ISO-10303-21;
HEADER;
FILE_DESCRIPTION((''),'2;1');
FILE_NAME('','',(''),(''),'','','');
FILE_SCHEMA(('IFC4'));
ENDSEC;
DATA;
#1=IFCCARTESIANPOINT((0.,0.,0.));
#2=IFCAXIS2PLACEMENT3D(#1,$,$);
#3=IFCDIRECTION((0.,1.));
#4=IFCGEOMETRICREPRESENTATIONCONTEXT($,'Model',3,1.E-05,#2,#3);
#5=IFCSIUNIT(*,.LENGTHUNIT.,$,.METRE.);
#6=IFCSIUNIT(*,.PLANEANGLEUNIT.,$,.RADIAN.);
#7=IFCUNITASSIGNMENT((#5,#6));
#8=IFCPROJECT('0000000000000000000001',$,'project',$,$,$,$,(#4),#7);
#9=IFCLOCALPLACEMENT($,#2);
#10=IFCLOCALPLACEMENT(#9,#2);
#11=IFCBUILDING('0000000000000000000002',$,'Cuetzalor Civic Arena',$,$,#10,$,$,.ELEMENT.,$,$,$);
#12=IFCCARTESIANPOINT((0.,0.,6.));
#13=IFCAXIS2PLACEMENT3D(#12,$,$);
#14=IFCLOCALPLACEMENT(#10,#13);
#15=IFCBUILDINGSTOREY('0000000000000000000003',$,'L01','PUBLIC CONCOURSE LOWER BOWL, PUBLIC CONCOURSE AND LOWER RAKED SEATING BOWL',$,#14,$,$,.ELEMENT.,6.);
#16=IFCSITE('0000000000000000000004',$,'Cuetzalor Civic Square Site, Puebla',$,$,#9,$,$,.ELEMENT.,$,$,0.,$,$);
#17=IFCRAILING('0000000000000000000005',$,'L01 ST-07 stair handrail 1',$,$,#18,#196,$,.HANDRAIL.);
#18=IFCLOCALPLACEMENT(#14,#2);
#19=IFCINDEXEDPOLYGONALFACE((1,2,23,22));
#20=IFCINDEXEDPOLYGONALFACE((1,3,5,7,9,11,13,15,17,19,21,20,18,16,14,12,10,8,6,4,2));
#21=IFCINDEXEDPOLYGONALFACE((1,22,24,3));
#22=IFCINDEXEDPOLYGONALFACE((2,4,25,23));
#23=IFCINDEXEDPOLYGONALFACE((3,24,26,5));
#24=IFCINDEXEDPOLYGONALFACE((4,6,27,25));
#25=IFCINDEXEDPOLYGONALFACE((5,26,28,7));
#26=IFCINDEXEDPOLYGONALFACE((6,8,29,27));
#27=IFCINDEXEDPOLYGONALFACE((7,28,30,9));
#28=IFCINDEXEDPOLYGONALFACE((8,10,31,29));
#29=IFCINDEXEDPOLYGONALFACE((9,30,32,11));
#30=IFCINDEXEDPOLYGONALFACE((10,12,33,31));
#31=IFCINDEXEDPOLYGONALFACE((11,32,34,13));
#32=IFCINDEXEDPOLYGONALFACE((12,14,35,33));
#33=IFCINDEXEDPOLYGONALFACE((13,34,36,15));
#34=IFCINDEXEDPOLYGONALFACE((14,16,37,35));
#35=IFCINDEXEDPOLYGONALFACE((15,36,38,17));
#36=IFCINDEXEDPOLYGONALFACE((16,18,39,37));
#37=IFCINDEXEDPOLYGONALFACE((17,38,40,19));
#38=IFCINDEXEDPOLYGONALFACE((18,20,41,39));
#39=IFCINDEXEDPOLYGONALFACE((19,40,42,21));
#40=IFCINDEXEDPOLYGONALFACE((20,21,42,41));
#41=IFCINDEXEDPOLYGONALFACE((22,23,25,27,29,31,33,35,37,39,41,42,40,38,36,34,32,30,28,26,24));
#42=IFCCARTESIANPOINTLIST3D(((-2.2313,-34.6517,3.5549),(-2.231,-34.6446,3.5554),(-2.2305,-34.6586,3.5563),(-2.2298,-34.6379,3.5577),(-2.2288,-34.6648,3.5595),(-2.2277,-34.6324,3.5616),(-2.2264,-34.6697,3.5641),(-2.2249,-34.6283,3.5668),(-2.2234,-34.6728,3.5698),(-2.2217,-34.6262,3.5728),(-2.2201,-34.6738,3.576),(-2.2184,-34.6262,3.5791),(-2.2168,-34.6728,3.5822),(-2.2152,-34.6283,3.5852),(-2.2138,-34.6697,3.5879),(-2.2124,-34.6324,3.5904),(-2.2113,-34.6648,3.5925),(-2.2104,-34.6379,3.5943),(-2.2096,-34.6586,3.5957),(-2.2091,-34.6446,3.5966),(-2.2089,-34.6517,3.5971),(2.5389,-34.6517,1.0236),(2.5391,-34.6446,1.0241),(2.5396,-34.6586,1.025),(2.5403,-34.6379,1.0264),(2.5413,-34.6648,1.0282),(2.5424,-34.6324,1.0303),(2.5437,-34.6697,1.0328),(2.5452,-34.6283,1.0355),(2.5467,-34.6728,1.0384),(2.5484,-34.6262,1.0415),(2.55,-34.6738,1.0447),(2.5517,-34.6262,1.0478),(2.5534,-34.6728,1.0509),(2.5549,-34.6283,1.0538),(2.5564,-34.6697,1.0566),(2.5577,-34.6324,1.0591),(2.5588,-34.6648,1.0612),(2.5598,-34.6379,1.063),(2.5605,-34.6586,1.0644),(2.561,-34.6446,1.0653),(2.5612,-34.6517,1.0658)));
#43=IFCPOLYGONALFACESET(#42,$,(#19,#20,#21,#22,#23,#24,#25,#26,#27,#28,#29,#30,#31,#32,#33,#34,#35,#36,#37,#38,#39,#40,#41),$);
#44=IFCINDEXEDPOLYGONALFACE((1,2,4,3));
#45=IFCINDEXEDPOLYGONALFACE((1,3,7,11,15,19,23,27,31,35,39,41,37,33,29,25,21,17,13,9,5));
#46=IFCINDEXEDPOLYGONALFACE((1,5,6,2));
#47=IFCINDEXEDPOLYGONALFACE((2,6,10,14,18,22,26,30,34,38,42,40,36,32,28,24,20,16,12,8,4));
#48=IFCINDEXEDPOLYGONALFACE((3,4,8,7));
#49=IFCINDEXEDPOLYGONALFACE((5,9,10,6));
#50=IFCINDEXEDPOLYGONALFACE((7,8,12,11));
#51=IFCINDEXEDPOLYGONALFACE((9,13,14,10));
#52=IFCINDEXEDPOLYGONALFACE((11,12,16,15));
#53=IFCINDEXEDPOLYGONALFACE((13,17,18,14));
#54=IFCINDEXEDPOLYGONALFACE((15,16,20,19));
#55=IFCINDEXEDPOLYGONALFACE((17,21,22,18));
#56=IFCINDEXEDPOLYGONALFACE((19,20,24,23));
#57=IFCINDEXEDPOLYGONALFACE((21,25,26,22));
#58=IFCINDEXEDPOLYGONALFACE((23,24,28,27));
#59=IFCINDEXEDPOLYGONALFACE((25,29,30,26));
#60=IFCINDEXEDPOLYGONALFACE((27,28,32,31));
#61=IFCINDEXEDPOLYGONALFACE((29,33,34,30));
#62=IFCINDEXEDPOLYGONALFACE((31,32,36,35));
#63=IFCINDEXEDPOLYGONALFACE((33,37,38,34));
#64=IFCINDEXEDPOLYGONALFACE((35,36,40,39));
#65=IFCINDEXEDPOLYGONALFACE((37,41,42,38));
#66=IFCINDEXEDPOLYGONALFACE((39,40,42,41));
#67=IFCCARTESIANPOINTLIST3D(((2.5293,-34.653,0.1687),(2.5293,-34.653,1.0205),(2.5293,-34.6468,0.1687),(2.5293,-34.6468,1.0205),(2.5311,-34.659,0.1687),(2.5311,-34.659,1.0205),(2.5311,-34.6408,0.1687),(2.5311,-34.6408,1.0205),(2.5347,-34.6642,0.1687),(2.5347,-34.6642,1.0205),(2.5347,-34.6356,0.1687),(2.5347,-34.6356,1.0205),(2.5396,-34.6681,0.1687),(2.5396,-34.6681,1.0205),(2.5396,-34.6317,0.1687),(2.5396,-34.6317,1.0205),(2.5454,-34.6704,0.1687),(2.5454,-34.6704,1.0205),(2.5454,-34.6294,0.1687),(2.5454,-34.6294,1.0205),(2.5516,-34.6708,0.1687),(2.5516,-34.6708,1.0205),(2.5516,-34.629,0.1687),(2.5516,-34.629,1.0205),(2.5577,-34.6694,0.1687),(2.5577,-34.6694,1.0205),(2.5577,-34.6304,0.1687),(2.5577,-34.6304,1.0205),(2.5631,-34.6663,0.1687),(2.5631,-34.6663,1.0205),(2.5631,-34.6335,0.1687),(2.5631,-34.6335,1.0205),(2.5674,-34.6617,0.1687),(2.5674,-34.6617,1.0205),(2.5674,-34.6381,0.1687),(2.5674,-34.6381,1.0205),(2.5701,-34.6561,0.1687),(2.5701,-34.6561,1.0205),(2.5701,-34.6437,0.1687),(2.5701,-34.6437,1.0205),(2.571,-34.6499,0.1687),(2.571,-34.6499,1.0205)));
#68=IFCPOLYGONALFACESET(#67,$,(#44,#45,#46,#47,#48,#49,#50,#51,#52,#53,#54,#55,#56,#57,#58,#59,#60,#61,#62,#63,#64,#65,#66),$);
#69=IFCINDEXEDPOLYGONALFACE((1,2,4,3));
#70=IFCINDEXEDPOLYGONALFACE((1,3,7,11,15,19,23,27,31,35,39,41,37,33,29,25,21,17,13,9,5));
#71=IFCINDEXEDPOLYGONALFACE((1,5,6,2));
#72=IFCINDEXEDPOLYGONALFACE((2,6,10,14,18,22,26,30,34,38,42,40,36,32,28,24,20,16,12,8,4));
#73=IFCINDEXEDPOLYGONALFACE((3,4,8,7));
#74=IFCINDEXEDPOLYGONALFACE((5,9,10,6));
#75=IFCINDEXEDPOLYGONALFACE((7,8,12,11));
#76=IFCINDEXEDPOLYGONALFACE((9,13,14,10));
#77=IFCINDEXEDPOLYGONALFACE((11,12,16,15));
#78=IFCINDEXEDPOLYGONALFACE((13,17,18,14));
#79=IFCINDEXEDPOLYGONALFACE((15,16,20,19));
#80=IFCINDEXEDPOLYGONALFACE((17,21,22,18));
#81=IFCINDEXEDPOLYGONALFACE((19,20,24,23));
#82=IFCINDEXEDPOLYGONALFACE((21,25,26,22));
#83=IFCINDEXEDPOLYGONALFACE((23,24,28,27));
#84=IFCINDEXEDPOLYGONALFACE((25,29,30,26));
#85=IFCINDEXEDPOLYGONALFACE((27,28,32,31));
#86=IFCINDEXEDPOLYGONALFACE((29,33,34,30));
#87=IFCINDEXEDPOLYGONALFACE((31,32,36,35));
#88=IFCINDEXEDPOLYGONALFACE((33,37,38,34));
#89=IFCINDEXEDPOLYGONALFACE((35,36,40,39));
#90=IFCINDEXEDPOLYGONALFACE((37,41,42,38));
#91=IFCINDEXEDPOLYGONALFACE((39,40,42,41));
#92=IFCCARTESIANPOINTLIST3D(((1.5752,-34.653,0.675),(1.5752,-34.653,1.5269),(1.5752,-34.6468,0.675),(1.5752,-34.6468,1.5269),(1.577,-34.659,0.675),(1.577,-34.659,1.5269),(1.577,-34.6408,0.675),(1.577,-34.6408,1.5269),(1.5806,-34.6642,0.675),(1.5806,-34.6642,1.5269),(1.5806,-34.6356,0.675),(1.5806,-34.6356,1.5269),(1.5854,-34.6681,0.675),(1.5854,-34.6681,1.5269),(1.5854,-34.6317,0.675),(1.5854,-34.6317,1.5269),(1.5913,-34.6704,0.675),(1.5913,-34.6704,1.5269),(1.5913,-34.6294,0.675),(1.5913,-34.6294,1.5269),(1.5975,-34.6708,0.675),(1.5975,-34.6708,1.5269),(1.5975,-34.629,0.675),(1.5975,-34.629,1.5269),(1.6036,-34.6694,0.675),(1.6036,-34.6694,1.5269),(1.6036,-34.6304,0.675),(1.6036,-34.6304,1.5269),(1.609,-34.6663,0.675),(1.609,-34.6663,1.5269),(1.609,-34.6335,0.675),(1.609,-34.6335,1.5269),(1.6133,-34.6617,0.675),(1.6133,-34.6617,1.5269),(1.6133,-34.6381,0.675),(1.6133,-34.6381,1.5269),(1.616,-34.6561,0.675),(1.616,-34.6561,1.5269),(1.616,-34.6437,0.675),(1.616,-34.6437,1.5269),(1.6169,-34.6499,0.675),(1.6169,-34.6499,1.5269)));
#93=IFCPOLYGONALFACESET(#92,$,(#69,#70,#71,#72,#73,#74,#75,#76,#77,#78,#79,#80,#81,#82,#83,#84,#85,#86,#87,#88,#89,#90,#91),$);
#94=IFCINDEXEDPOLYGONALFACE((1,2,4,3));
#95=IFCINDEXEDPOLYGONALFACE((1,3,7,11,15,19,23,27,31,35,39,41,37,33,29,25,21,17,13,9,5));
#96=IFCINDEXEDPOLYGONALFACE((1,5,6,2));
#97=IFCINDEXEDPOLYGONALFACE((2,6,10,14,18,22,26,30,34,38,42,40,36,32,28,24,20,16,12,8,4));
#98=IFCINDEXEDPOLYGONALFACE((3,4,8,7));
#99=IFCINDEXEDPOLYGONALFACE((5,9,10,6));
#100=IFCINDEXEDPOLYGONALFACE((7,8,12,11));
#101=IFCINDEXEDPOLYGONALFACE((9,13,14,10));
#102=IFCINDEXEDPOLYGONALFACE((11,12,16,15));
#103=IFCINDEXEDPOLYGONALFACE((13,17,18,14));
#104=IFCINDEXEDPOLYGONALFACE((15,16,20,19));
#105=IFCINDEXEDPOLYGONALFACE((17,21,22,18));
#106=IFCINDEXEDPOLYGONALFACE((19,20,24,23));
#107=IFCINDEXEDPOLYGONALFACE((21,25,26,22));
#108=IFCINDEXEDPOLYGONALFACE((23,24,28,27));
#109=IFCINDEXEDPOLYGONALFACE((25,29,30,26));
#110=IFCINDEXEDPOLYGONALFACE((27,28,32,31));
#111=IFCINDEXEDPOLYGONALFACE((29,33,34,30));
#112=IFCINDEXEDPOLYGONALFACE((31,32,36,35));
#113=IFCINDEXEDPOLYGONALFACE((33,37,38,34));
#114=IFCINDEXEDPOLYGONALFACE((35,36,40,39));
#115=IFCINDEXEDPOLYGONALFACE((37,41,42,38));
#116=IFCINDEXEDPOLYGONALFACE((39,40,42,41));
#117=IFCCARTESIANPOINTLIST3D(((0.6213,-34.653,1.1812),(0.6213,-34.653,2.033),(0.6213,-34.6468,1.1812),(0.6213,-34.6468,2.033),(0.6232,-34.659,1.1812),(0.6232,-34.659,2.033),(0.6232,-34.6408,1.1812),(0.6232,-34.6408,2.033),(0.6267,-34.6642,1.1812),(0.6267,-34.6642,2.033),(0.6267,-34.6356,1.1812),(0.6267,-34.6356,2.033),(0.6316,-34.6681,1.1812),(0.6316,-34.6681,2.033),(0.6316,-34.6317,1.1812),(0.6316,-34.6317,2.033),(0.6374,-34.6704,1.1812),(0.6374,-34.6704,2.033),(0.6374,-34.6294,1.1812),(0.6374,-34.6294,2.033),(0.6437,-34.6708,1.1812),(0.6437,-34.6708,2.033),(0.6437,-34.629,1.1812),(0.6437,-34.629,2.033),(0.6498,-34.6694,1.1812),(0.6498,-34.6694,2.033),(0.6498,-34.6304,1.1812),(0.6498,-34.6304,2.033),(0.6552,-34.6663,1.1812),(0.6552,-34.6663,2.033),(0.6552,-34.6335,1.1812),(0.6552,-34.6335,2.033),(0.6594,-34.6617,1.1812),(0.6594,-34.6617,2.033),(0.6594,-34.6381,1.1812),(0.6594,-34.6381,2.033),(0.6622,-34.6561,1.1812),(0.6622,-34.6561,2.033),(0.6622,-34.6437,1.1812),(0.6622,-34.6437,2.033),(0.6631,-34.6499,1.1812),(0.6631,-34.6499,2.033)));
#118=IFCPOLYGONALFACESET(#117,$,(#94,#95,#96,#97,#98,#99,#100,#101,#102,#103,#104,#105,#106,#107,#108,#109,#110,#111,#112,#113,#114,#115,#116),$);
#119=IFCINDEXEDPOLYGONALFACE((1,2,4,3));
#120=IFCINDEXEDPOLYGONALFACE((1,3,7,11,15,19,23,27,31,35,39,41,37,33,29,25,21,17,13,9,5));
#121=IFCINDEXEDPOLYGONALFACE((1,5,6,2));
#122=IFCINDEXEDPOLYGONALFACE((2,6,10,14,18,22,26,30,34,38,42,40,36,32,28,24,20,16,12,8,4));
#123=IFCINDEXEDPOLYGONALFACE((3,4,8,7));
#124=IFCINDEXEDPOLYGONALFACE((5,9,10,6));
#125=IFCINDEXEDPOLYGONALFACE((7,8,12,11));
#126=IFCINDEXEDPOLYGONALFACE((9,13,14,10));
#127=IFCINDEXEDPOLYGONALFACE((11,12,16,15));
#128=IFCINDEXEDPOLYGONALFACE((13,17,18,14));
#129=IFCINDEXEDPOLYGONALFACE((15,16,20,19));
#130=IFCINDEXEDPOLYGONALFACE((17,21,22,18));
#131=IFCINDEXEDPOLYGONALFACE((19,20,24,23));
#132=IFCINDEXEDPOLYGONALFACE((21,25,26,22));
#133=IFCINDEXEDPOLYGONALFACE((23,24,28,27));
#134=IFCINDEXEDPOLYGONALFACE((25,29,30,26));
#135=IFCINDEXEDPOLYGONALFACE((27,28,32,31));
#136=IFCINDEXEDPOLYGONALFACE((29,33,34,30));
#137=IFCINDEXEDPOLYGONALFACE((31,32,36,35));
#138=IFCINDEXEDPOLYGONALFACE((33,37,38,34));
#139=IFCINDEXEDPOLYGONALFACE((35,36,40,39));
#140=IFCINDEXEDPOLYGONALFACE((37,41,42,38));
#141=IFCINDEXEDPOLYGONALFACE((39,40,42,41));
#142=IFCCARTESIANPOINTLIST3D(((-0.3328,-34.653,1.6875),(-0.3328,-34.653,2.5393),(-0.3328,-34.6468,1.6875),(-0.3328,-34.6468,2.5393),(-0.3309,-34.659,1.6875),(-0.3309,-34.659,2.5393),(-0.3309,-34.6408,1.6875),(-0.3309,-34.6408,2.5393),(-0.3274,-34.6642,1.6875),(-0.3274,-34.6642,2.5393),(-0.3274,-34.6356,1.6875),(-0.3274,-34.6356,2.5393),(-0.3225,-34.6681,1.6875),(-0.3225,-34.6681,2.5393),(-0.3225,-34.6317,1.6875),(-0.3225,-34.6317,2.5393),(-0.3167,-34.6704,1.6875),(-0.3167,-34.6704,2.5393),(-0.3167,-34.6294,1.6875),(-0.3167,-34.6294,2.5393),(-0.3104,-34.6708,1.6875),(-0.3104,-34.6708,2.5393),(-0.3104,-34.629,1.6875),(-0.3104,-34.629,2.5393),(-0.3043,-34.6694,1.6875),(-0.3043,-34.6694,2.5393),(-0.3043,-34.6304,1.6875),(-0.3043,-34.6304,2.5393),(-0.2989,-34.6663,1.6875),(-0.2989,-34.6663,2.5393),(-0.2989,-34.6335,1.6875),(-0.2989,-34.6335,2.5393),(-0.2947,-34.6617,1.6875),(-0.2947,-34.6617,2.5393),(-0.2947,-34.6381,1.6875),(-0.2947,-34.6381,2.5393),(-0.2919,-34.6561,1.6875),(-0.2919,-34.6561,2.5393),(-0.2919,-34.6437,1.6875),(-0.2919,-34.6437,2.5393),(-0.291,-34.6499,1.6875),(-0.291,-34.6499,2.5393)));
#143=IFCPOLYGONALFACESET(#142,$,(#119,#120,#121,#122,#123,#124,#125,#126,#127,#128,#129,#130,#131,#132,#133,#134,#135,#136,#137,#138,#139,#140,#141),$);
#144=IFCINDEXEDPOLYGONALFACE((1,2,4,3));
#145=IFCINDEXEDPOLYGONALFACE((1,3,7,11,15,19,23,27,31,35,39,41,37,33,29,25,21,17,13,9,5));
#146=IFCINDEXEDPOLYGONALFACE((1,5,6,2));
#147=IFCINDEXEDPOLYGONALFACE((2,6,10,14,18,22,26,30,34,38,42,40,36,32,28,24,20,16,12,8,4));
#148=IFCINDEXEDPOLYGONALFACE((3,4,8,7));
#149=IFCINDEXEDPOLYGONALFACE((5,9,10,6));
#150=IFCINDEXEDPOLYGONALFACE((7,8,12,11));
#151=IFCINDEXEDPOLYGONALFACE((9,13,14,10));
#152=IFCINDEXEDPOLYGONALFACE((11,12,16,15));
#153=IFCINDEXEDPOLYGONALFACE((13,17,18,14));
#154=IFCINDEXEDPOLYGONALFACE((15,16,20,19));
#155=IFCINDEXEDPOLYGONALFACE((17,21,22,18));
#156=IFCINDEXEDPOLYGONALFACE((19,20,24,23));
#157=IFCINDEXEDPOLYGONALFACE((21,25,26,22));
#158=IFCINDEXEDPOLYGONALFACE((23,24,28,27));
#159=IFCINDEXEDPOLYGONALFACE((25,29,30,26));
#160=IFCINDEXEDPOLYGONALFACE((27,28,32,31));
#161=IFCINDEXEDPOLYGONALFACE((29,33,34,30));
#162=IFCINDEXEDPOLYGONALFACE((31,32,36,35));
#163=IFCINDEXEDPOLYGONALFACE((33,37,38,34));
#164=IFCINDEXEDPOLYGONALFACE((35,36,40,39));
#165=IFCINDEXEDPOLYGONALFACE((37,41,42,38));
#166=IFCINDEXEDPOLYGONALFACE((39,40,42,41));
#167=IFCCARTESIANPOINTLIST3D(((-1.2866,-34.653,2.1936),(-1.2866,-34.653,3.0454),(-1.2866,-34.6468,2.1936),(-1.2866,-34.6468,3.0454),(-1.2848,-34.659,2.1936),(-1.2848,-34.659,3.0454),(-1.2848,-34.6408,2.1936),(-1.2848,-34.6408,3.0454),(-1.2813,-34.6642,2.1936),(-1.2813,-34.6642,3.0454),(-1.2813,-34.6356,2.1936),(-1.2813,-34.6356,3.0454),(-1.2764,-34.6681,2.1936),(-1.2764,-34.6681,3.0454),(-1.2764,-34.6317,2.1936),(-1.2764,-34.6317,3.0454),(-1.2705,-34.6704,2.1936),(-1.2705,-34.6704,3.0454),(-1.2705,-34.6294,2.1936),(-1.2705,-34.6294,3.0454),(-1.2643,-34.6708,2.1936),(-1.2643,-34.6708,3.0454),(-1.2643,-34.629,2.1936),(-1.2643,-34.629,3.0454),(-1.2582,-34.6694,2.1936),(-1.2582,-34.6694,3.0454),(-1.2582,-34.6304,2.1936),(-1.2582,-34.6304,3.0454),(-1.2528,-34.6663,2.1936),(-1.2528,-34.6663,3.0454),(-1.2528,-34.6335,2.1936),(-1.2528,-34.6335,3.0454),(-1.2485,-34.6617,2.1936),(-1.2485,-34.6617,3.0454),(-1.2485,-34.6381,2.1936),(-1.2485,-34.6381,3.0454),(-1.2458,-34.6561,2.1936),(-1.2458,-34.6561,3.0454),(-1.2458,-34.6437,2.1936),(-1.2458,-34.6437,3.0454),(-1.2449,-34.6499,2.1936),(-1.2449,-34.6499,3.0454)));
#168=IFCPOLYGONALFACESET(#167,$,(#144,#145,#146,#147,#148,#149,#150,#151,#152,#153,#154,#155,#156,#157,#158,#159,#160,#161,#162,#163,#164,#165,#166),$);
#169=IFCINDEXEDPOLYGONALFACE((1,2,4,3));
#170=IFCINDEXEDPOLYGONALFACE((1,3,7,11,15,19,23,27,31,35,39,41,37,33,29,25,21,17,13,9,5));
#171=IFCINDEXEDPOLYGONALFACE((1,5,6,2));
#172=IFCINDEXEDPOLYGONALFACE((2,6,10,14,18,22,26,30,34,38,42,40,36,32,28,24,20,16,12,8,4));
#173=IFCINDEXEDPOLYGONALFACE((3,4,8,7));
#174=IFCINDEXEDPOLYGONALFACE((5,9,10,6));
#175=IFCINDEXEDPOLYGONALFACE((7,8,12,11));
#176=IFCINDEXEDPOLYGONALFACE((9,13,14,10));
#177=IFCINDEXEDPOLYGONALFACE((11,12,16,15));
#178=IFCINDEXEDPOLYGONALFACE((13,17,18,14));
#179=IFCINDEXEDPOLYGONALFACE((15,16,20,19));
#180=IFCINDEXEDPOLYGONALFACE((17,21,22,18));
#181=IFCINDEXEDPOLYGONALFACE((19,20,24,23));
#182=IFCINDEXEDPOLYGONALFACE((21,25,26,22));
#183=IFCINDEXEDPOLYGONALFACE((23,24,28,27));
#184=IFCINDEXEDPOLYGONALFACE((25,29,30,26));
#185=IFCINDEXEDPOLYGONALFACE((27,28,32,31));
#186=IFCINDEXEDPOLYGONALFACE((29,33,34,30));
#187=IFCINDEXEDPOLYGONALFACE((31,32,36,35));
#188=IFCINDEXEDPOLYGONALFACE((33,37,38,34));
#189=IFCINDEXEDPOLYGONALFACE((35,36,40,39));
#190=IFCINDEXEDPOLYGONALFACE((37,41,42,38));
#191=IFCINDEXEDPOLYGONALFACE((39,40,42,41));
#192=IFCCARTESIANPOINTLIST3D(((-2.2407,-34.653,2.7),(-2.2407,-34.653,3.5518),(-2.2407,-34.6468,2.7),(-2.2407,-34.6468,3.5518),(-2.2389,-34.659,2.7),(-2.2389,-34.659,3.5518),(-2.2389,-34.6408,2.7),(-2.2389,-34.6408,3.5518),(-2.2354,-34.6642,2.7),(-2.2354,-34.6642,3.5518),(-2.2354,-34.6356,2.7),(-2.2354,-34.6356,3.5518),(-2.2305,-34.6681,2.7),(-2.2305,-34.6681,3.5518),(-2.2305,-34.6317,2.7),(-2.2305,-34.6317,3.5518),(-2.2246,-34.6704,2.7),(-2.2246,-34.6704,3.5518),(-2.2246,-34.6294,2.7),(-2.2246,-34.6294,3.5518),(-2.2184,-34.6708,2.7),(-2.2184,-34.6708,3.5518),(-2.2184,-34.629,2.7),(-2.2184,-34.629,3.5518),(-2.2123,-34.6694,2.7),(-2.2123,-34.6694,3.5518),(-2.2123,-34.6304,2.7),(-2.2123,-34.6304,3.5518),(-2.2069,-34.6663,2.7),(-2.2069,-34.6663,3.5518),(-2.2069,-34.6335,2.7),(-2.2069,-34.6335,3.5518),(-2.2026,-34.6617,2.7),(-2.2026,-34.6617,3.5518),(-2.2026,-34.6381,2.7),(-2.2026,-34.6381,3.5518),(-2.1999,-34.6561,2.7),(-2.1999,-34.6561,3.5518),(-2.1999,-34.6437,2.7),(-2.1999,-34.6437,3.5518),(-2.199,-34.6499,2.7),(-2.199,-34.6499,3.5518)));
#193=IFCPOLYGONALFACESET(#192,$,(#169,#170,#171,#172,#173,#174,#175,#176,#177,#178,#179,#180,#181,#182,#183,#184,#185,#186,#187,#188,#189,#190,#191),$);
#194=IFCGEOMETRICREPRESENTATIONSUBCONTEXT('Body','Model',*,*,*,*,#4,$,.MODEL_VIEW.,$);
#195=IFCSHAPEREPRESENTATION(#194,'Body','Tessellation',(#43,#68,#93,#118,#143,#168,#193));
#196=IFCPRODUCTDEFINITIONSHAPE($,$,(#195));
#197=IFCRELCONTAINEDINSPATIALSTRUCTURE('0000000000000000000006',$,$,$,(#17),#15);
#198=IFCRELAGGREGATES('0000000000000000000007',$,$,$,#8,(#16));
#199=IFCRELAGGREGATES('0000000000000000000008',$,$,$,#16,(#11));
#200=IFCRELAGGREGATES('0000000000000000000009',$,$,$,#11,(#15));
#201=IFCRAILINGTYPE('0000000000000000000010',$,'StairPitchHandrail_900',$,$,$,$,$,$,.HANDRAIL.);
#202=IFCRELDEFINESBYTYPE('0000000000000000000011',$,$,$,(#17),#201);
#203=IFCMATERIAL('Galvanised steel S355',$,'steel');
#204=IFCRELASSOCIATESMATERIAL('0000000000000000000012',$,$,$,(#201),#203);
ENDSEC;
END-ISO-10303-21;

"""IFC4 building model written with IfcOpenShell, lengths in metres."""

from ifc_helpers import new_model, si_unit, direction, frame, origin, origin_2d, place, context, subcontext, project, spatial, circle, extrude, material, type_object, element, save


model = new_model("IFC4")

# Units and contexts
model_context = context("Model", 3, precision=1e-05, world=origin(), true_north=direction((0.0, 1.0)))
body_context = subcontext(model_context, "Body", "Model", "MODEL_VIEW")
ifc_project = project(units=[si_unit("LENGTHUNIT", "METRE"), si_unit("PLANEANGLEUNIT", "RADIAN")], contexts=[model_context])

# Site, building, storey
site_placement = place(None, origin())
site = spatial("IfcSite", under=ifc_project, at=site_placement, Name="Cuetzalor Civic Square Site, Puebla", CompositionType="ELEMENT", RefElevation=0.0)
building_placement = place(site_placement, origin())
building = spatial("IfcBuilding", under=site, at=building_placement, Name="Cuetzalor Civic Arena", CompositionType="ELEMENT")
storey_placement = place(building_placement, frame((0.0, 0.0, 6.0)))
storey = spatial("IfcBuildingStorey", under=building, at=storey_placement, Name="L01", Description="PUBLIC CONCOURSE LOWER BOWL, PUBLIC CONCOURSE AND LOWER RAKED SEATING BOWL", CompositionType="ELEMENT", Elevation=6.0)

# Railing
ifc_material_1 = material(Name="Galvanised steel S355", Category="steel")
railing_type_1 = type_object("IfcRailingType", Name="StairPitchHandrail_900", PredefinedType="HANDRAIL", material=ifc_material_1)
railing_1_placement = place(storey_placement, frame((2.55, -34.6499, 0.1687)))
element("IfcRailing", 1, at=railing_1_placement, inside=storey, type_object=railing_type_1, Name="L01 ST-07 stair handrail 1", PredefinedType="HANDRAIL", context=body_context, shape_type="SweptSolid", body=[
    extrude(circle(Radius=0.0239, at=origin_2d()), frame((0.0, 0.0, 0.876), z_axis=(-0.883332, 0.0, 0.468747), x_axis=(0.0, -1.0, 0.0)), (0.0, 0.0, 1.0), 5.4001),
    extrude(circle(Radius=0.021, at=origin_2d()), origin(), (0.0, 0.0, 1.0), 0.8518),
    extrude(circle(Radius=0.021, at=origin_2d()), frame((-0.9541, 0.0, 0.5063)), (0.0, 0.0, 1.0), 0.8518),
    extrude(circle(Radius=0.021, at=origin_2d()), frame((-1.908, 0.0, 1.0125)), (0.0, 0.0, 1.0), 0.8518),
    extrude(circle(Radius=0.021, at=origin_2d()), frame((-2.8621, 0.0, 1.5188)), (0.0, 0.0, 1.0), 0.8518),
    extrude(circle(Radius=0.021, at=origin_2d()), frame((-3.8159, 0.0, 2.0249)), (0.0, 0.0, 1.0), 0.8518),
    extrude(circle(Radius=0.021, at=origin_2d()), frame((-4.77, 0.0, 2.5312)), (0.0, 0.0, 1.0), 0.8518),
])

save(model, "model.ifc")
